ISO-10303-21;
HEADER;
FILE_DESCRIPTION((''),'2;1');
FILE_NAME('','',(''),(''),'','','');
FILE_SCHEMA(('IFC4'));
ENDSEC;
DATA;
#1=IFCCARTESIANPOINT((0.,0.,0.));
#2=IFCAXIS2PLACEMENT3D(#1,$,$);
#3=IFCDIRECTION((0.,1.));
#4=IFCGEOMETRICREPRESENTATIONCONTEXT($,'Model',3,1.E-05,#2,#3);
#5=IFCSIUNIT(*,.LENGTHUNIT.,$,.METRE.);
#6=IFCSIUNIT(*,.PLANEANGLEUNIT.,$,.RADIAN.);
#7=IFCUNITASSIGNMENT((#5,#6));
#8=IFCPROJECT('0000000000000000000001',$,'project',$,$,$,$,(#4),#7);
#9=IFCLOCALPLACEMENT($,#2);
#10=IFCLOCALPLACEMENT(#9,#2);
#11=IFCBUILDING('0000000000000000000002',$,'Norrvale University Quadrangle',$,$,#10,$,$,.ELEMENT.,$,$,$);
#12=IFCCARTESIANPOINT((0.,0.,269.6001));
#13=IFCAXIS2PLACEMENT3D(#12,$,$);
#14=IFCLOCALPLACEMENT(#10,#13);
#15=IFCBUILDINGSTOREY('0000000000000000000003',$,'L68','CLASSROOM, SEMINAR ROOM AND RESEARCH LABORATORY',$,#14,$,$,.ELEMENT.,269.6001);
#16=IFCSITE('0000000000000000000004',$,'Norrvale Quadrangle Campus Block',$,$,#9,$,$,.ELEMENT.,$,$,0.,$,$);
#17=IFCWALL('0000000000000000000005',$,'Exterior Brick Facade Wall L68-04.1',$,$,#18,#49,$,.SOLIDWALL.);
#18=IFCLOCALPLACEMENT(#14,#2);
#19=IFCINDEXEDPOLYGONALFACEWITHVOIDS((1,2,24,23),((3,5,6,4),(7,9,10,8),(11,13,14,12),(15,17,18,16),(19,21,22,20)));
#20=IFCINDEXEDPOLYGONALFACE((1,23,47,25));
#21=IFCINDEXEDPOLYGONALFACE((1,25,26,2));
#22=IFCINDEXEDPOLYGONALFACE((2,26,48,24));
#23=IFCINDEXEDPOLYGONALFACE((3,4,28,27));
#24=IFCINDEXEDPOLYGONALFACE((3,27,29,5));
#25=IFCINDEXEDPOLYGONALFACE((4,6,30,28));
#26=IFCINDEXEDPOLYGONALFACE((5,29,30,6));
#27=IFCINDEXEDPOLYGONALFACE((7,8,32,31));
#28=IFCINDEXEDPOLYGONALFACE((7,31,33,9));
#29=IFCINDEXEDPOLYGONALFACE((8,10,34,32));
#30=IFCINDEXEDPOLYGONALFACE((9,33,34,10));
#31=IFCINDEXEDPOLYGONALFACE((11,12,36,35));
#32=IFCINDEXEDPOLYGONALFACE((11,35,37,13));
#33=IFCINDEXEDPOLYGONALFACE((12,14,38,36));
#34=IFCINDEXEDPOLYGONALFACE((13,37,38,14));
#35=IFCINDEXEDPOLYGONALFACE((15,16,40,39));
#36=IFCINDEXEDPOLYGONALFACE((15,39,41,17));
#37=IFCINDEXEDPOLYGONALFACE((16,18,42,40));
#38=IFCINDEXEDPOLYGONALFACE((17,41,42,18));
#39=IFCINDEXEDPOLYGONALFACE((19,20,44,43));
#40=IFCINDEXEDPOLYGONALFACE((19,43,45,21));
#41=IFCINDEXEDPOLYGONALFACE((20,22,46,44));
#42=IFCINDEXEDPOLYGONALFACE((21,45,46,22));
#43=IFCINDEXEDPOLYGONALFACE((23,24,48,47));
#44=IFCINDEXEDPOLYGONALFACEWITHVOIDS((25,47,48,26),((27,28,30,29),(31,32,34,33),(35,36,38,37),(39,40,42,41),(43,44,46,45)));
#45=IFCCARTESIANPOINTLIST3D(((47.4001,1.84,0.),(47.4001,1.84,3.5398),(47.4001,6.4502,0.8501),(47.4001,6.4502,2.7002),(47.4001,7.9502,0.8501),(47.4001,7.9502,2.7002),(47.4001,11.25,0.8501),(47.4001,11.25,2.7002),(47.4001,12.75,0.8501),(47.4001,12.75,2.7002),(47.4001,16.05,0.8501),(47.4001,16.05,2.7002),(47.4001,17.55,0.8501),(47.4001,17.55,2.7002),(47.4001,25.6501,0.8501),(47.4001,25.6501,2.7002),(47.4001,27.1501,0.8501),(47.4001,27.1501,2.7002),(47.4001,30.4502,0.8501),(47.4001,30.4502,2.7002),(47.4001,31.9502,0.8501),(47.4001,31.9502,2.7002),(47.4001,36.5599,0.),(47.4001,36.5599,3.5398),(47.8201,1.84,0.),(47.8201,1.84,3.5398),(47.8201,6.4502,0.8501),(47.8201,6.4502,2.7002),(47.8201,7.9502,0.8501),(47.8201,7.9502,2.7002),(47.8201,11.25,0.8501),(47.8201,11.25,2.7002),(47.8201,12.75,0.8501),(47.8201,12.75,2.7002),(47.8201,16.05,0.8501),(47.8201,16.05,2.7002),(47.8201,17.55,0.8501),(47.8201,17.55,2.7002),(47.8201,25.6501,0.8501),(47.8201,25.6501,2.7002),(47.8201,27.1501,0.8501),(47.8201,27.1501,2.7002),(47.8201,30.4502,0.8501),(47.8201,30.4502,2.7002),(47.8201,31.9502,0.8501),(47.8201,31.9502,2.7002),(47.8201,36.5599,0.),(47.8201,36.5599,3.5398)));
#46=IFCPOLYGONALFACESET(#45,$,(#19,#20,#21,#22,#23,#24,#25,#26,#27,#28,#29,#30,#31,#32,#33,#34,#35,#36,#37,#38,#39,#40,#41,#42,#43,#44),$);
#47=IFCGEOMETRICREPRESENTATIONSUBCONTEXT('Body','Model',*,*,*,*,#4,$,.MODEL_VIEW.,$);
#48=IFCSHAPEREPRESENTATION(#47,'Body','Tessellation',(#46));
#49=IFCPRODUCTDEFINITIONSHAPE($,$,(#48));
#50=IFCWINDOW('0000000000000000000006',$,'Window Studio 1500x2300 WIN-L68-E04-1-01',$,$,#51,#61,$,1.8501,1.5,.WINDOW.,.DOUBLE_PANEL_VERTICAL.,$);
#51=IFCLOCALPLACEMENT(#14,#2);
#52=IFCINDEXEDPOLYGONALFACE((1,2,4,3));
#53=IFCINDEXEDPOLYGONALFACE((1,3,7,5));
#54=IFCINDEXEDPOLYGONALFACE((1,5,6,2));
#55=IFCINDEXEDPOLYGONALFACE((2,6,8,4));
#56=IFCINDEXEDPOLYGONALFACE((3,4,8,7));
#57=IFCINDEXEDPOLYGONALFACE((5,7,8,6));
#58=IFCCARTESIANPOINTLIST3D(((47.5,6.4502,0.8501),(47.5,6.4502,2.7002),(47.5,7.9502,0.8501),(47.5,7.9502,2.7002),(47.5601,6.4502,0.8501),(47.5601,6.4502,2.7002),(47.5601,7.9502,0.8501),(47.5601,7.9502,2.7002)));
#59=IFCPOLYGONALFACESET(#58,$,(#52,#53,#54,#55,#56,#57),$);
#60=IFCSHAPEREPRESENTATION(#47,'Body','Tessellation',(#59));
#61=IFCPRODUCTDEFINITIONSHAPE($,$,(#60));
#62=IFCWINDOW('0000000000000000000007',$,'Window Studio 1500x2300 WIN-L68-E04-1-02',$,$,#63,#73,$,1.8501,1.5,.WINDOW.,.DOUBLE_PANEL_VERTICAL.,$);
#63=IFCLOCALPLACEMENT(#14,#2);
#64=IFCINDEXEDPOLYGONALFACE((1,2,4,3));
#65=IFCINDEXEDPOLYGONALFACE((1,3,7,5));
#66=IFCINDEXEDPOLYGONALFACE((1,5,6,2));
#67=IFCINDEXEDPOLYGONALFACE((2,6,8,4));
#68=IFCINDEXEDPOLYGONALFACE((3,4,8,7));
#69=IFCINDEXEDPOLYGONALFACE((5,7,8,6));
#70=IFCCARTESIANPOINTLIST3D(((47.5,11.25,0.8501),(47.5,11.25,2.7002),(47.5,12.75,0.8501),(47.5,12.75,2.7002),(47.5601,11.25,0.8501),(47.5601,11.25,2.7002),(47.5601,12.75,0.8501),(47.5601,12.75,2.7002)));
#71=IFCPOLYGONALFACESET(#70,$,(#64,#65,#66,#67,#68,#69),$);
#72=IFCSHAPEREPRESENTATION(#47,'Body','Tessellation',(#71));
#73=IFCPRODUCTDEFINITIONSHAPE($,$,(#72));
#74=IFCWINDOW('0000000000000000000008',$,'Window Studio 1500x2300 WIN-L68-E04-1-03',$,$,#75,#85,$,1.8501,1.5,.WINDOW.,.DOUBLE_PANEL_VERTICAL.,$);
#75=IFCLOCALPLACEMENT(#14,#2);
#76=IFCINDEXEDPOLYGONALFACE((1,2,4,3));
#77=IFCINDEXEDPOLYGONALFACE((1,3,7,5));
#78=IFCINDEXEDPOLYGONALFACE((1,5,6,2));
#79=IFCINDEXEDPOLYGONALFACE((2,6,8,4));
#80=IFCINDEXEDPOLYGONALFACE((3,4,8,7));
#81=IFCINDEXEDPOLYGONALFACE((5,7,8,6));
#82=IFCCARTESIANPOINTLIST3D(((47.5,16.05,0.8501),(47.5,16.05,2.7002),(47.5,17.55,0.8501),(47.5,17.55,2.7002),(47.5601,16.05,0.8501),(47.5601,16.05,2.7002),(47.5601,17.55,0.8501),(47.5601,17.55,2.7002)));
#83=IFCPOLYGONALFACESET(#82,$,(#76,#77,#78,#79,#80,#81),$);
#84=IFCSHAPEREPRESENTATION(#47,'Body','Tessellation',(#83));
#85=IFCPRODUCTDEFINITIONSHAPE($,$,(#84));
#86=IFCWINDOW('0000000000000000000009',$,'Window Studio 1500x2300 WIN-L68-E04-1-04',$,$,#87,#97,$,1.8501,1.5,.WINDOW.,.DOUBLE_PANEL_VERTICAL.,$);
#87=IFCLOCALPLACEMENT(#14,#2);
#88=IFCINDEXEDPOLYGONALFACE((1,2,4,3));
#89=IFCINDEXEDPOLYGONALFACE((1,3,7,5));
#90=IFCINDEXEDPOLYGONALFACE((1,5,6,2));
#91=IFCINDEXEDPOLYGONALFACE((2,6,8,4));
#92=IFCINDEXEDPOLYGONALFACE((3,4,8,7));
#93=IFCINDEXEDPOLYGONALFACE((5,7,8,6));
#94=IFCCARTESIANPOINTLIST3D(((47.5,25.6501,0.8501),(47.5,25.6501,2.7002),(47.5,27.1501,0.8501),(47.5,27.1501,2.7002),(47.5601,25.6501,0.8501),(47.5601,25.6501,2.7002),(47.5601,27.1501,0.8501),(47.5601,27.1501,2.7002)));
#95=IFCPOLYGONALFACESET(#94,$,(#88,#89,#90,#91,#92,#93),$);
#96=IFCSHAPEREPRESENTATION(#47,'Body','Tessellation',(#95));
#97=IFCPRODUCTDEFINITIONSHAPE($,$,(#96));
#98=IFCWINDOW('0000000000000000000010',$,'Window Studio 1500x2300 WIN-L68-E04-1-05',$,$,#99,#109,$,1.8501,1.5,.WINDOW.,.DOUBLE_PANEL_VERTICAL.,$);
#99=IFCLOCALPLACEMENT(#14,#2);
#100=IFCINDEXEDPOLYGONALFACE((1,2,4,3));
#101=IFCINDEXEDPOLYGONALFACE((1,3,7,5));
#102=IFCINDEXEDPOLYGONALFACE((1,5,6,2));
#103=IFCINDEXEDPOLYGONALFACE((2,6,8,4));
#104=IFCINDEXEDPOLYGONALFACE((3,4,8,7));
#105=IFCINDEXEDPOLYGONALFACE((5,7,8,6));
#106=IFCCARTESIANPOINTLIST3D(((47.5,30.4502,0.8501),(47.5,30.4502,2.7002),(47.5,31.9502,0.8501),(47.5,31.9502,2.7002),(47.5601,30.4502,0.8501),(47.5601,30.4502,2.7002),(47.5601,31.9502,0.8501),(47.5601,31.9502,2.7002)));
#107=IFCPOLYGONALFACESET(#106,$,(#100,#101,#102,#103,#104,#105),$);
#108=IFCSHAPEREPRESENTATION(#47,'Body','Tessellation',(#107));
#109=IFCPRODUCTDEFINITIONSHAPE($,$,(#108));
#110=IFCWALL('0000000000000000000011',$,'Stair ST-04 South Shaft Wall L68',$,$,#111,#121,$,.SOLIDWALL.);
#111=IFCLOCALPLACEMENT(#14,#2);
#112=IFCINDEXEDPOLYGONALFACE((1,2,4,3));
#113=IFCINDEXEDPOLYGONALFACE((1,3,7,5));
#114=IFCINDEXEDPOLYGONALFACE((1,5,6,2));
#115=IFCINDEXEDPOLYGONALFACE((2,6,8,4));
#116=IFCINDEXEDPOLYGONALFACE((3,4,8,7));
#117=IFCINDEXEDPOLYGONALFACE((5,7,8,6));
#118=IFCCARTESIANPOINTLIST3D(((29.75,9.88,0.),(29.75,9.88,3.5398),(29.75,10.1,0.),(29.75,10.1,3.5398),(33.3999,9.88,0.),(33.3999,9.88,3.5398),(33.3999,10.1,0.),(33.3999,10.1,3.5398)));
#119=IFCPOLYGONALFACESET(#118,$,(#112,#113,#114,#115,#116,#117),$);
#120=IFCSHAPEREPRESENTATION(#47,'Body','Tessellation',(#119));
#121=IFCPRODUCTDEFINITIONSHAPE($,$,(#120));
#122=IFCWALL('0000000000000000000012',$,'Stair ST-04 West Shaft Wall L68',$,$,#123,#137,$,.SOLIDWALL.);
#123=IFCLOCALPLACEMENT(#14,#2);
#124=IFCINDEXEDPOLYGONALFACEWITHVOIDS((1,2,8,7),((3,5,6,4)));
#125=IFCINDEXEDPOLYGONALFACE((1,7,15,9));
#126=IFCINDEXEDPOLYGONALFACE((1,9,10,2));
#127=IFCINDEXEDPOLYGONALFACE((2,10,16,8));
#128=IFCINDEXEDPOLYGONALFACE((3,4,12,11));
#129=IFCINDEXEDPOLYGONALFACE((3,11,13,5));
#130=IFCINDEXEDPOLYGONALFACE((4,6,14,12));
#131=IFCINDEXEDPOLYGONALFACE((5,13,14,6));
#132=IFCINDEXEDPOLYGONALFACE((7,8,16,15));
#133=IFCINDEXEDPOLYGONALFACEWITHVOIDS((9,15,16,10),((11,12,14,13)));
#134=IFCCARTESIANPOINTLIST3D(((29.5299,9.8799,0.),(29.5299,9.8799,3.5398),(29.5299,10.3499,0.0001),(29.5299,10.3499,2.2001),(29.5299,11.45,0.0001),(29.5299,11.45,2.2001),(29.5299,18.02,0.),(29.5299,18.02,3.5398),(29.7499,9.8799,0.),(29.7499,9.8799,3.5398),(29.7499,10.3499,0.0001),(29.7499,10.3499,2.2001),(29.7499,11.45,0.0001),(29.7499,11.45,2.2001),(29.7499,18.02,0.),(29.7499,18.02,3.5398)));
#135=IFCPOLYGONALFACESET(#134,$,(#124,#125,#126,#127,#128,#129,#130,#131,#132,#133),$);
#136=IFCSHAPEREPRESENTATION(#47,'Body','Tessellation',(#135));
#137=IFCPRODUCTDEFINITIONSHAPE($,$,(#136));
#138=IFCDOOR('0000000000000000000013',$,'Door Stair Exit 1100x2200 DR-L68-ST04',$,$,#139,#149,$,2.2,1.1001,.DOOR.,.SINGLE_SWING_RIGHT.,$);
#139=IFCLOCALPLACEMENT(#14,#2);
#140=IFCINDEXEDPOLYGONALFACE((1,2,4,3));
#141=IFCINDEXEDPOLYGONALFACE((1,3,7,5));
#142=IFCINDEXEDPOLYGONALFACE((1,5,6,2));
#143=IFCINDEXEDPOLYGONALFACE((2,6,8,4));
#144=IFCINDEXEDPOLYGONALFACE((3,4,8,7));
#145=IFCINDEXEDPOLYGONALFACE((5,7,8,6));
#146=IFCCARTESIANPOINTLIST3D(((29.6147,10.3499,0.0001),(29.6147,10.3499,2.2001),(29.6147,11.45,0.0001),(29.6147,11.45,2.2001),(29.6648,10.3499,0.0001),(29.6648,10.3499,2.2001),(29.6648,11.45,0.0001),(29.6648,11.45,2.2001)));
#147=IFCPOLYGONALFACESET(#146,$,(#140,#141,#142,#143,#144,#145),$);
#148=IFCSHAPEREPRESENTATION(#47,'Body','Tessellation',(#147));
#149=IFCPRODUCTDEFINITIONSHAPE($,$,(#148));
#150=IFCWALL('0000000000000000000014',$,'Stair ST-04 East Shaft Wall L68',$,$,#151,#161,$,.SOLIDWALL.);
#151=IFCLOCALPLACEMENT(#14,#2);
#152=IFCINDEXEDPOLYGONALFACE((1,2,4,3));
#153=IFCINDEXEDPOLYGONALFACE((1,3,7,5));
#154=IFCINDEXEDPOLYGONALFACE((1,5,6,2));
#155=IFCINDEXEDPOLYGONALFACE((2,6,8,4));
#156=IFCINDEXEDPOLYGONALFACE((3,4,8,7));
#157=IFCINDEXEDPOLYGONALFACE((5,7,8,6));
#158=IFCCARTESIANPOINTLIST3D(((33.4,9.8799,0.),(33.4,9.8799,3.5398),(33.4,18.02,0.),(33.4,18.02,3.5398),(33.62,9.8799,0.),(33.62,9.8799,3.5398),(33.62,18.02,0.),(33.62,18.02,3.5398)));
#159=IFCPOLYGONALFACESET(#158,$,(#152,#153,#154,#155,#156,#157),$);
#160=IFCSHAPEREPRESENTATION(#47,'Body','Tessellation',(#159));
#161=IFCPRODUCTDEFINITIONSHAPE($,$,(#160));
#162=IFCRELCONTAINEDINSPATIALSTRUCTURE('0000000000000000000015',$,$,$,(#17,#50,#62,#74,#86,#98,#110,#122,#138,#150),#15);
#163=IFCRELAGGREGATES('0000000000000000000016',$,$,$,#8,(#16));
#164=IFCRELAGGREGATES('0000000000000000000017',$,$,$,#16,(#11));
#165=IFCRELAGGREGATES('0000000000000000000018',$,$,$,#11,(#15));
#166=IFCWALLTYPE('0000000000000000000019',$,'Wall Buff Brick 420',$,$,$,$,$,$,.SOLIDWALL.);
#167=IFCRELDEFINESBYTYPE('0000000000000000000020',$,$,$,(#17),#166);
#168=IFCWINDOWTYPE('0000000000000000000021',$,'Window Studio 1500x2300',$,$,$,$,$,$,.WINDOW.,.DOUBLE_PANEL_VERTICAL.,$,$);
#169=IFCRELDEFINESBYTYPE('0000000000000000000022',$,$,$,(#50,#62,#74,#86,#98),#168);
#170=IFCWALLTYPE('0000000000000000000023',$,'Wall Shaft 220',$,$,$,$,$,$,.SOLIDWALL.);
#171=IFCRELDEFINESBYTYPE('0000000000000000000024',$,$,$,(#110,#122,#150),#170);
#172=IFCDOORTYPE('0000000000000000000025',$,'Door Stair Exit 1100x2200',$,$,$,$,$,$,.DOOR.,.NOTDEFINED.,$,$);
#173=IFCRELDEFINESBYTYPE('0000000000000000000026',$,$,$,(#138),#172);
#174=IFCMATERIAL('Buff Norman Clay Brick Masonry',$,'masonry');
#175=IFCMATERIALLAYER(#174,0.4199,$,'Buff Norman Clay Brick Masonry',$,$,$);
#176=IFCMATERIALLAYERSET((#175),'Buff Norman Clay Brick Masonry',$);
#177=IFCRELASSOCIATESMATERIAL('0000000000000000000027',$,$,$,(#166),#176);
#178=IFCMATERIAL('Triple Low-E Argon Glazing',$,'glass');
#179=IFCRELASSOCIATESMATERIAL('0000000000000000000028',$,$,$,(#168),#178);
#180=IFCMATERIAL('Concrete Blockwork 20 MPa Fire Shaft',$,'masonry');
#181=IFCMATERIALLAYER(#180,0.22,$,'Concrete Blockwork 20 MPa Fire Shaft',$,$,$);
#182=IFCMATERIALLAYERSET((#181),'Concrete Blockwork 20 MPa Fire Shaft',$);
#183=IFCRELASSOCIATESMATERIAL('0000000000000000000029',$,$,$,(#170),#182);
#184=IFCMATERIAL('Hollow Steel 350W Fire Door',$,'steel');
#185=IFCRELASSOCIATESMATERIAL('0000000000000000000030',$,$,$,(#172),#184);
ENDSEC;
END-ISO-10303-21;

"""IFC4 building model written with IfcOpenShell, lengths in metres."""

from ifc_helpers import new_model, si_unit, direction, frame, frame_2d, origin, place, context, subcontext, project, spatial, rectangle, extrude, material, layer, layer_set, type_object, element, fill, save


model = new_model("IFC4")

# Units and contexts
model_context = context("Model", 3, precision=1e-05, world=origin(), true_north=direction((0.0, 1.0)))
body_context = subcontext(model_context, "Body", "Model", "MODEL_VIEW")
ifc_project = project(units=[si_unit("LENGTHUNIT", "METRE"), si_unit("PLANEANGLEUNIT", "RADIAN")], contexts=[model_context])

# Site, building, storey
site_placement = place(None, origin())
site = spatial("IfcSite", under=ifc_project, at=site_placement, Name="Norrvale Quadrangle Campus Block", CompositionType="ELEMENT", RefElevation=0.0)
building_placement = place(site_placement, origin())
building = spatial("IfcBuilding", under=site, at=building_placement, Name="Norrvale University Quadrangle", CompositionType="ELEMENT")
storey_placement = place(building_placement, frame((0.0, 0.0, 269.6001)))
storey = spatial("IfcBuildingStorey", under=building, at=storey_placement, Name="L68", Description="CLASSROOM, SEMINAR ROOM AND RESEARCH LABORATORY", CompositionType="ELEMENT", Elevation=269.6001)

# Shared definitions
ifc_material_1 = material(Name="Buff Norman Clay Brick Masonry", Category="masonry")
ifc_layer_1 = layer(ifc_material_1, 0.4199, Name="Buff Norman Clay Brick Masonry")
ifc_layer_set_1 = layer_set([ifc_layer_1], Name="Buff Norman Clay Brick Masonry")
wall_type_1 = type_object("IfcWallType", Name="Wall Buff Brick 420", PredefinedType="SOLIDWALL", material=ifc_layer_set_1)

# Wall, openings, windows
wall_1_placement = place(storey_placement, frame((47.6101, 1.8401, 0.0), z_axis=(0.0, 0.0, 1.0), x_axis=(0.0, 1.0, 0.0)))
wall_1 = element("IfcWall", 1, at=wall_1_placement, inside=storey, type_object=wall_type_1, Name="Exterior Brick Facade Wall L68-04.1", PredefinedType="SOLIDWALL", context=body_context, shape_type="SweptSolid", body=[
    extrude(rectangle(XDim=34.72, YDim=0.4199, at=frame_2d((17.3599, 0.0))), origin(), (0.0, 0.0, 1.0), 3.5398),
])
opening_1_placement = place(wall_1_placement, frame((4.6101, 0.0, 0.8501)))
opening_1 = element("IfcOpeningElement", 2, at=opening_1_placement, cuts=wall_1, PredefinedType="OPENING", context=body_context, shape_type="SweptSolid", body=[
    extrude(rectangle(XDim=1.5, YDim=1.8501, at=frame_2d((0.75, 0.925))), frame((0.0, 0.2219, 0.0), z_axis=(0.0, -1.0, 0.0), x_axis=(1.0, 0.0, 0.0)), (0.0, 0.0, 1.0), 0.4438),
])
opening_2_placement = place(wall_1_placement, frame((9.4099, 0.0, 0.8501)))
opening_2 = element("IfcOpeningElement", 3, at=opening_2_placement, cuts=wall_1, PredefinedType="OPENING", context=body_context, shape_type="SweptSolid", body=[
    extrude(rectangle(XDim=1.5, YDim=1.8501, at=frame_2d((0.75, 0.925))), frame((0.0, 0.2219, 0.0), z_axis=(0.0, -1.0, 0.0), x_axis=(1.0, 0.0, 0.0)), (0.0, 0.0, 1.0), 0.4438),
])
opening_3_placement = place(wall_1_placement, frame((14.21, 0.0, 0.8501)))
opening_3 = element("IfcOpeningElement", 4, at=opening_3_placement, cuts=wall_1, PredefinedType="OPENING", context=body_context, shape_type="SweptSolid", body=[
    extrude(rectangle(XDim=1.5, YDim=1.8501, at=frame_2d((0.75, 0.925))), frame((0.0, 0.2219, 0.0), z_axis=(0.0, -1.0, 0.0), x_axis=(1.0, 0.0, 0.0)), (0.0, 0.0, 1.0), 0.4438),
])
opening_4_placement = place(wall_1_placement, frame((23.8101, 0.0, 0.8501)))
opening_4 = element("IfcOpeningElement", 5, at=opening_4_placement, cuts=wall_1, PredefinedType="OPENING", context=body_context, shape_type="SweptSolid", body=[
    extrude(rectangle(XDim=1.5, YDim=1.8501, at=frame_2d((0.75, 0.925))), frame((0.0, 0.2219, 0.0), z_axis=(0.0, -1.0, 0.0), x_axis=(1.0, 0.0, 0.0)), (0.0, 0.0, 1.0), 0.4438),
])
opening_5_placement = place(wall_1_placement, frame((28.6101, 0.0, 0.8501)))
opening_5 = element("IfcOpeningElement", 6, at=opening_5_placement, cuts=wall_1, PredefinedType="OPENING", context=body_context, shape_type="SweptSolid", body=[
    extrude(rectangle(XDim=1.5, YDim=1.8501, at=frame_2d((0.75, 0.925))), frame((0.0, 0.2219, 0.0), z_axis=(0.0, -1.0, 0.0), x_axis=(1.0, 0.0, 0.0)), (0.0, 0.0, 1.0), 0.4438),
])
ifc_material_2 = material(Name="Triple Low-E Argon Glazing", Category="glass")
window_type = type_object("IfcWindowType", Name="Window Studio 1500x2300", PartitioningType="DOUBLE_PANEL_VERTICAL", PredefinedType="WINDOW", material=ifc_material_2)
window_1_placement = place(opening_1_placement, origin())
window_1 = element("IfcWindow", 7, at=window_1_placement, inside=storey, type_object=window_type, Name="Window Studio 1500x2300 WIN-L68-E04-1-01", OverallHeight=1.8501, OverallWidth=1.5, PartitioningType="DOUBLE_PANEL_VERTICAL", PredefinedType="WINDOW", context=body_context, shape_type="SweptSolid", body=[
    extrude(rectangle(XDim=1.5, YDim=1.8501, at=frame_2d((0.75, 0.925))), frame((0.0, 0.1101, 0.0), z_axis=(0.0, -1.0, 0.0), x_axis=(1.0, 0.0, 0.0)), (0.0, 0.0, 1.0), 0.0601),
])
fill(opening_1, window_1)
window_2_placement = place(opening_2_placement, origin())
window_2 = element("IfcWindow", 8, at=window_2_placement, inside=storey, type_object=window_type, Name="Window Studio 1500x2300 WIN-L68-E04-1-02", OverallHeight=1.8501, OverallWidth=1.5, PartitioningType="DOUBLE_PANEL_VERTICAL", PredefinedType="WINDOW", context=body_context, shape_type="SweptSolid", body=[
    extrude(rectangle(XDim=1.5, YDim=1.8501, at=frame_2d((0.75, 0.925))), frame((0.0, 0.1101, 0.0), z_axis=(0.0, -1.0, 0.0), x_axis=(1.0, 0.0, 0.0)), (0.0, 0.0, 1.0), 0.0601),
])
fill(opening_2, window_2)
window_3_placement = place(opening_3_placement, origin())
window_3 = element("IfcWindow", 9, at=window_3_placement, inside=storey, type_object=window_type, Name="Window Studio 1500x2300 WIN-L68-E04-1-03", OverallHeight=1.8501, OverallWidth=1.5, PartitioningType="DOUBLE_PANEL_VERTICAL", PredefinedType="WINDOW", context=body_context, shape_type="SweptSolid", body=[
    extrude(rectangle(XDim=1.5, YDim=1.8501, at=frame_2d((0.75, 0.925))), frame((0.0, 0.1101, 0.0), z_axis=(0.0, -1.0, 0.0), x_axis=(1.0, 0.0, 0.0)), (0.0, 0.0, 1.0), 0.0601),
])
fill(opening_3, window_3)
window_4_placement = place(opening_4_placement, origin())
window_4 = element("IfcWindow", 10, at=window_4_placement, inside=storey, type_object=window_type, Name="Window Studio 1500x2300 WIN-L68-E04-1-04", OverallHeight=1.8501, OverallWidth=1.5, PartitioningType="DOUBLE_PANEL_VERTICAL", PredefinedType="WINDOW", context=body_context, shape_type="SweptSolid", body=[
    extrude(rectangle(XDim=1.5, YDim=1.8501, at=frame_2d((0.75, 0.925))), frame((0.0, 0.1101, 0.0), z_axis=(0.0, -1.0, 0.0), x_axis=(1.0, 0.0, 0.0)), (0.0, 0.0, 1.0), 0.0601),
])
fill(opening_4, window_4)
window_5_placement = place(opening_5_placement, origin())
window_5 = element("IfcWindow", 11, at=window_5_placement, inside=storey, type_object=window_type, Name="Window Studio 1500x2300 WIN-L68-E04-1-05", OverallHeight=1.8501, OverallWidth=1.5, PartitioningType="DOUBLE_PANEL_VERTICAL", PredefinedType="WINDOW", context=body_context, shape_type="SweptSolid", body=[
    extrude(rectangle(XDim=1.5, YDim=1.8501, at=frame_2d((0.75, 0.925))), frame((0.0, 0.1101, 0.0), z_axis=(0.0, -1.0, 0.0), x_axis=(1.0, 0.0, 0.0)), (0.0, 0.0, 1.0), 0.0601),
])
fill(opening_5, window_5)

# Wall
ifc_material_3 = material(Name="Concrete Blockwork 20 MPa Fire Shaft", Category="masonry")
ifc_layer_2 = layer(ifc_material_3, 0.22, Name="Concrete Blockwork 20 MPa Fire Shaft")
ifc_layer_set_2 = layer_set([ifc_layer_2], Name="Concrete Blockwork 20 MPa Fire Shaft")
wall_type_2 = type_object("IfcWallType", Name="Wall Shaft 220", PredefinedType="SOLIDWALL", material=ifc_layer_set_2)
wall_2_placement = place(storey_placement, frame((29.75, 9.99, 0.0), z_axis=(0.0, 0.0, 1.0), x_axis=(1.0, 0.0, 0.0)))
element("IfcWall", 12, at=wall_2_placement, inside=storey, type_object=wall_type_2, Name="Stair ST-04 South Shaft Wall L68", PredefinedType="SOLIDWALL", context=body_context, shape_type="SweptSolid", body=[
    extrude(rectangle(XDim=3.6499, YDim=0.22, at=frame_2d((1.825, 0.0))), origin(), (0.0, 0.0, 1.0), 3.5398),
])

# Wall, opening, door
wall_3_placement = place(storey_placement, frame((29.6399, 9.8799, 0.0), z_axis=(0.0, 0.0, 1.0), x_axis=(0.0, 1.0, 0.0)))
wall_3 = element("IfcWall", 13, at=wall_3_placement, inside=storey, type_object=wall_type_2, Name="Stair ST-04 West Shaft Wall L68", PredefinedType="SOLIDWALL", context=body_context, shape_type="SweptSolid", body=[
    extrude(rectangle(XDim=8.1401, YDim=0.22, at=frame_2d((4.0701, 0.0))), origin(), (0.0, 0.0, 1.0), 3.5398),
])
opening_6_placement = place(wall_3_placement, frame((0.47, 0.0, 0.0)))
opening_6 = element("IfcOpeningElement", 14, at=opening_6_placement, cuts=wall_3, PredefinedType="OPENING", context=body_context, shape_type="SweptSolid", body=[
    extrude(rectangle(XDim=1.1001, YDim=2.2, at=frame_2d((0.55, 1.1001))), frame((0.0, 0.1221, 0.0), z_axis=(0.0, -1.0, 0.0), x_axis=(1.0, 0.0, 0.0)), (0.0, 0.0, 1.0), 0.2439),
])
ifc_material_4 = material(Name="Hollow Steel 350W Fire Door", Category="steel")
door_type = type_object("IfcDoorType", Name="Door Stair Exit 1100x2200", OperationType="NOTDEFINED", PredefinedType="DOOR", material=ifc_material_4)
door_placement = place(opening_6_placement, frame((1.1001, 0.0, 0.0), z_axis=(0.0, 0.0, 1.0), x_axis=(-1.0, 0.0, 0.0)))
door = element("IfcDoor", 15, at=door_placement, inside=storey, type_object=door_type, Name="Door Stair Exit 1100x2200 DR-L68-ST04", OperationType="SINGLE_SWING_RIGHT", OverallHeight=2.2, OverallWidth=1.1001, PredefinedType="DOOR", context=body_context, shape_type="SweptSolid", body=[
    extrude(rectangle(XDim=1.1001, YDim=2.2, at=frame_2d((0.55, 1.1001))), frame((0.0, 0.0249, 0.0), z_axis=(0.0, -1.0, 0.0), x_axis=(1.0, 0.0, 0.0)), (0.0, 0.0, 1.0), 0.05),
])
fill(opening_6, door)

# Wall
wall_4_placement = place(storey_placement, frame((33.51, 9.8799, 0.0), z_axis=(0.0, 0.0, 1.0), x_axis=(0.0, 1.0, 0.0)))
element("IfcWall", 16, at=wall_4_placement, inside=storey, type_object=wall_type_2, Name="Stair ST-04 East Shaft Wall L68", PredefinedType="SOLIDWALL", context=body_context, shape_type="SweptSolid", body=[
    extrude(rectangle(XDim=8.1401, YDim=0.22, at=frame_2d((4.0701, 0.0))), origin(), (0.0, 0.0, 1.0), 3.5398),
])

save(model, "model.ifc")
